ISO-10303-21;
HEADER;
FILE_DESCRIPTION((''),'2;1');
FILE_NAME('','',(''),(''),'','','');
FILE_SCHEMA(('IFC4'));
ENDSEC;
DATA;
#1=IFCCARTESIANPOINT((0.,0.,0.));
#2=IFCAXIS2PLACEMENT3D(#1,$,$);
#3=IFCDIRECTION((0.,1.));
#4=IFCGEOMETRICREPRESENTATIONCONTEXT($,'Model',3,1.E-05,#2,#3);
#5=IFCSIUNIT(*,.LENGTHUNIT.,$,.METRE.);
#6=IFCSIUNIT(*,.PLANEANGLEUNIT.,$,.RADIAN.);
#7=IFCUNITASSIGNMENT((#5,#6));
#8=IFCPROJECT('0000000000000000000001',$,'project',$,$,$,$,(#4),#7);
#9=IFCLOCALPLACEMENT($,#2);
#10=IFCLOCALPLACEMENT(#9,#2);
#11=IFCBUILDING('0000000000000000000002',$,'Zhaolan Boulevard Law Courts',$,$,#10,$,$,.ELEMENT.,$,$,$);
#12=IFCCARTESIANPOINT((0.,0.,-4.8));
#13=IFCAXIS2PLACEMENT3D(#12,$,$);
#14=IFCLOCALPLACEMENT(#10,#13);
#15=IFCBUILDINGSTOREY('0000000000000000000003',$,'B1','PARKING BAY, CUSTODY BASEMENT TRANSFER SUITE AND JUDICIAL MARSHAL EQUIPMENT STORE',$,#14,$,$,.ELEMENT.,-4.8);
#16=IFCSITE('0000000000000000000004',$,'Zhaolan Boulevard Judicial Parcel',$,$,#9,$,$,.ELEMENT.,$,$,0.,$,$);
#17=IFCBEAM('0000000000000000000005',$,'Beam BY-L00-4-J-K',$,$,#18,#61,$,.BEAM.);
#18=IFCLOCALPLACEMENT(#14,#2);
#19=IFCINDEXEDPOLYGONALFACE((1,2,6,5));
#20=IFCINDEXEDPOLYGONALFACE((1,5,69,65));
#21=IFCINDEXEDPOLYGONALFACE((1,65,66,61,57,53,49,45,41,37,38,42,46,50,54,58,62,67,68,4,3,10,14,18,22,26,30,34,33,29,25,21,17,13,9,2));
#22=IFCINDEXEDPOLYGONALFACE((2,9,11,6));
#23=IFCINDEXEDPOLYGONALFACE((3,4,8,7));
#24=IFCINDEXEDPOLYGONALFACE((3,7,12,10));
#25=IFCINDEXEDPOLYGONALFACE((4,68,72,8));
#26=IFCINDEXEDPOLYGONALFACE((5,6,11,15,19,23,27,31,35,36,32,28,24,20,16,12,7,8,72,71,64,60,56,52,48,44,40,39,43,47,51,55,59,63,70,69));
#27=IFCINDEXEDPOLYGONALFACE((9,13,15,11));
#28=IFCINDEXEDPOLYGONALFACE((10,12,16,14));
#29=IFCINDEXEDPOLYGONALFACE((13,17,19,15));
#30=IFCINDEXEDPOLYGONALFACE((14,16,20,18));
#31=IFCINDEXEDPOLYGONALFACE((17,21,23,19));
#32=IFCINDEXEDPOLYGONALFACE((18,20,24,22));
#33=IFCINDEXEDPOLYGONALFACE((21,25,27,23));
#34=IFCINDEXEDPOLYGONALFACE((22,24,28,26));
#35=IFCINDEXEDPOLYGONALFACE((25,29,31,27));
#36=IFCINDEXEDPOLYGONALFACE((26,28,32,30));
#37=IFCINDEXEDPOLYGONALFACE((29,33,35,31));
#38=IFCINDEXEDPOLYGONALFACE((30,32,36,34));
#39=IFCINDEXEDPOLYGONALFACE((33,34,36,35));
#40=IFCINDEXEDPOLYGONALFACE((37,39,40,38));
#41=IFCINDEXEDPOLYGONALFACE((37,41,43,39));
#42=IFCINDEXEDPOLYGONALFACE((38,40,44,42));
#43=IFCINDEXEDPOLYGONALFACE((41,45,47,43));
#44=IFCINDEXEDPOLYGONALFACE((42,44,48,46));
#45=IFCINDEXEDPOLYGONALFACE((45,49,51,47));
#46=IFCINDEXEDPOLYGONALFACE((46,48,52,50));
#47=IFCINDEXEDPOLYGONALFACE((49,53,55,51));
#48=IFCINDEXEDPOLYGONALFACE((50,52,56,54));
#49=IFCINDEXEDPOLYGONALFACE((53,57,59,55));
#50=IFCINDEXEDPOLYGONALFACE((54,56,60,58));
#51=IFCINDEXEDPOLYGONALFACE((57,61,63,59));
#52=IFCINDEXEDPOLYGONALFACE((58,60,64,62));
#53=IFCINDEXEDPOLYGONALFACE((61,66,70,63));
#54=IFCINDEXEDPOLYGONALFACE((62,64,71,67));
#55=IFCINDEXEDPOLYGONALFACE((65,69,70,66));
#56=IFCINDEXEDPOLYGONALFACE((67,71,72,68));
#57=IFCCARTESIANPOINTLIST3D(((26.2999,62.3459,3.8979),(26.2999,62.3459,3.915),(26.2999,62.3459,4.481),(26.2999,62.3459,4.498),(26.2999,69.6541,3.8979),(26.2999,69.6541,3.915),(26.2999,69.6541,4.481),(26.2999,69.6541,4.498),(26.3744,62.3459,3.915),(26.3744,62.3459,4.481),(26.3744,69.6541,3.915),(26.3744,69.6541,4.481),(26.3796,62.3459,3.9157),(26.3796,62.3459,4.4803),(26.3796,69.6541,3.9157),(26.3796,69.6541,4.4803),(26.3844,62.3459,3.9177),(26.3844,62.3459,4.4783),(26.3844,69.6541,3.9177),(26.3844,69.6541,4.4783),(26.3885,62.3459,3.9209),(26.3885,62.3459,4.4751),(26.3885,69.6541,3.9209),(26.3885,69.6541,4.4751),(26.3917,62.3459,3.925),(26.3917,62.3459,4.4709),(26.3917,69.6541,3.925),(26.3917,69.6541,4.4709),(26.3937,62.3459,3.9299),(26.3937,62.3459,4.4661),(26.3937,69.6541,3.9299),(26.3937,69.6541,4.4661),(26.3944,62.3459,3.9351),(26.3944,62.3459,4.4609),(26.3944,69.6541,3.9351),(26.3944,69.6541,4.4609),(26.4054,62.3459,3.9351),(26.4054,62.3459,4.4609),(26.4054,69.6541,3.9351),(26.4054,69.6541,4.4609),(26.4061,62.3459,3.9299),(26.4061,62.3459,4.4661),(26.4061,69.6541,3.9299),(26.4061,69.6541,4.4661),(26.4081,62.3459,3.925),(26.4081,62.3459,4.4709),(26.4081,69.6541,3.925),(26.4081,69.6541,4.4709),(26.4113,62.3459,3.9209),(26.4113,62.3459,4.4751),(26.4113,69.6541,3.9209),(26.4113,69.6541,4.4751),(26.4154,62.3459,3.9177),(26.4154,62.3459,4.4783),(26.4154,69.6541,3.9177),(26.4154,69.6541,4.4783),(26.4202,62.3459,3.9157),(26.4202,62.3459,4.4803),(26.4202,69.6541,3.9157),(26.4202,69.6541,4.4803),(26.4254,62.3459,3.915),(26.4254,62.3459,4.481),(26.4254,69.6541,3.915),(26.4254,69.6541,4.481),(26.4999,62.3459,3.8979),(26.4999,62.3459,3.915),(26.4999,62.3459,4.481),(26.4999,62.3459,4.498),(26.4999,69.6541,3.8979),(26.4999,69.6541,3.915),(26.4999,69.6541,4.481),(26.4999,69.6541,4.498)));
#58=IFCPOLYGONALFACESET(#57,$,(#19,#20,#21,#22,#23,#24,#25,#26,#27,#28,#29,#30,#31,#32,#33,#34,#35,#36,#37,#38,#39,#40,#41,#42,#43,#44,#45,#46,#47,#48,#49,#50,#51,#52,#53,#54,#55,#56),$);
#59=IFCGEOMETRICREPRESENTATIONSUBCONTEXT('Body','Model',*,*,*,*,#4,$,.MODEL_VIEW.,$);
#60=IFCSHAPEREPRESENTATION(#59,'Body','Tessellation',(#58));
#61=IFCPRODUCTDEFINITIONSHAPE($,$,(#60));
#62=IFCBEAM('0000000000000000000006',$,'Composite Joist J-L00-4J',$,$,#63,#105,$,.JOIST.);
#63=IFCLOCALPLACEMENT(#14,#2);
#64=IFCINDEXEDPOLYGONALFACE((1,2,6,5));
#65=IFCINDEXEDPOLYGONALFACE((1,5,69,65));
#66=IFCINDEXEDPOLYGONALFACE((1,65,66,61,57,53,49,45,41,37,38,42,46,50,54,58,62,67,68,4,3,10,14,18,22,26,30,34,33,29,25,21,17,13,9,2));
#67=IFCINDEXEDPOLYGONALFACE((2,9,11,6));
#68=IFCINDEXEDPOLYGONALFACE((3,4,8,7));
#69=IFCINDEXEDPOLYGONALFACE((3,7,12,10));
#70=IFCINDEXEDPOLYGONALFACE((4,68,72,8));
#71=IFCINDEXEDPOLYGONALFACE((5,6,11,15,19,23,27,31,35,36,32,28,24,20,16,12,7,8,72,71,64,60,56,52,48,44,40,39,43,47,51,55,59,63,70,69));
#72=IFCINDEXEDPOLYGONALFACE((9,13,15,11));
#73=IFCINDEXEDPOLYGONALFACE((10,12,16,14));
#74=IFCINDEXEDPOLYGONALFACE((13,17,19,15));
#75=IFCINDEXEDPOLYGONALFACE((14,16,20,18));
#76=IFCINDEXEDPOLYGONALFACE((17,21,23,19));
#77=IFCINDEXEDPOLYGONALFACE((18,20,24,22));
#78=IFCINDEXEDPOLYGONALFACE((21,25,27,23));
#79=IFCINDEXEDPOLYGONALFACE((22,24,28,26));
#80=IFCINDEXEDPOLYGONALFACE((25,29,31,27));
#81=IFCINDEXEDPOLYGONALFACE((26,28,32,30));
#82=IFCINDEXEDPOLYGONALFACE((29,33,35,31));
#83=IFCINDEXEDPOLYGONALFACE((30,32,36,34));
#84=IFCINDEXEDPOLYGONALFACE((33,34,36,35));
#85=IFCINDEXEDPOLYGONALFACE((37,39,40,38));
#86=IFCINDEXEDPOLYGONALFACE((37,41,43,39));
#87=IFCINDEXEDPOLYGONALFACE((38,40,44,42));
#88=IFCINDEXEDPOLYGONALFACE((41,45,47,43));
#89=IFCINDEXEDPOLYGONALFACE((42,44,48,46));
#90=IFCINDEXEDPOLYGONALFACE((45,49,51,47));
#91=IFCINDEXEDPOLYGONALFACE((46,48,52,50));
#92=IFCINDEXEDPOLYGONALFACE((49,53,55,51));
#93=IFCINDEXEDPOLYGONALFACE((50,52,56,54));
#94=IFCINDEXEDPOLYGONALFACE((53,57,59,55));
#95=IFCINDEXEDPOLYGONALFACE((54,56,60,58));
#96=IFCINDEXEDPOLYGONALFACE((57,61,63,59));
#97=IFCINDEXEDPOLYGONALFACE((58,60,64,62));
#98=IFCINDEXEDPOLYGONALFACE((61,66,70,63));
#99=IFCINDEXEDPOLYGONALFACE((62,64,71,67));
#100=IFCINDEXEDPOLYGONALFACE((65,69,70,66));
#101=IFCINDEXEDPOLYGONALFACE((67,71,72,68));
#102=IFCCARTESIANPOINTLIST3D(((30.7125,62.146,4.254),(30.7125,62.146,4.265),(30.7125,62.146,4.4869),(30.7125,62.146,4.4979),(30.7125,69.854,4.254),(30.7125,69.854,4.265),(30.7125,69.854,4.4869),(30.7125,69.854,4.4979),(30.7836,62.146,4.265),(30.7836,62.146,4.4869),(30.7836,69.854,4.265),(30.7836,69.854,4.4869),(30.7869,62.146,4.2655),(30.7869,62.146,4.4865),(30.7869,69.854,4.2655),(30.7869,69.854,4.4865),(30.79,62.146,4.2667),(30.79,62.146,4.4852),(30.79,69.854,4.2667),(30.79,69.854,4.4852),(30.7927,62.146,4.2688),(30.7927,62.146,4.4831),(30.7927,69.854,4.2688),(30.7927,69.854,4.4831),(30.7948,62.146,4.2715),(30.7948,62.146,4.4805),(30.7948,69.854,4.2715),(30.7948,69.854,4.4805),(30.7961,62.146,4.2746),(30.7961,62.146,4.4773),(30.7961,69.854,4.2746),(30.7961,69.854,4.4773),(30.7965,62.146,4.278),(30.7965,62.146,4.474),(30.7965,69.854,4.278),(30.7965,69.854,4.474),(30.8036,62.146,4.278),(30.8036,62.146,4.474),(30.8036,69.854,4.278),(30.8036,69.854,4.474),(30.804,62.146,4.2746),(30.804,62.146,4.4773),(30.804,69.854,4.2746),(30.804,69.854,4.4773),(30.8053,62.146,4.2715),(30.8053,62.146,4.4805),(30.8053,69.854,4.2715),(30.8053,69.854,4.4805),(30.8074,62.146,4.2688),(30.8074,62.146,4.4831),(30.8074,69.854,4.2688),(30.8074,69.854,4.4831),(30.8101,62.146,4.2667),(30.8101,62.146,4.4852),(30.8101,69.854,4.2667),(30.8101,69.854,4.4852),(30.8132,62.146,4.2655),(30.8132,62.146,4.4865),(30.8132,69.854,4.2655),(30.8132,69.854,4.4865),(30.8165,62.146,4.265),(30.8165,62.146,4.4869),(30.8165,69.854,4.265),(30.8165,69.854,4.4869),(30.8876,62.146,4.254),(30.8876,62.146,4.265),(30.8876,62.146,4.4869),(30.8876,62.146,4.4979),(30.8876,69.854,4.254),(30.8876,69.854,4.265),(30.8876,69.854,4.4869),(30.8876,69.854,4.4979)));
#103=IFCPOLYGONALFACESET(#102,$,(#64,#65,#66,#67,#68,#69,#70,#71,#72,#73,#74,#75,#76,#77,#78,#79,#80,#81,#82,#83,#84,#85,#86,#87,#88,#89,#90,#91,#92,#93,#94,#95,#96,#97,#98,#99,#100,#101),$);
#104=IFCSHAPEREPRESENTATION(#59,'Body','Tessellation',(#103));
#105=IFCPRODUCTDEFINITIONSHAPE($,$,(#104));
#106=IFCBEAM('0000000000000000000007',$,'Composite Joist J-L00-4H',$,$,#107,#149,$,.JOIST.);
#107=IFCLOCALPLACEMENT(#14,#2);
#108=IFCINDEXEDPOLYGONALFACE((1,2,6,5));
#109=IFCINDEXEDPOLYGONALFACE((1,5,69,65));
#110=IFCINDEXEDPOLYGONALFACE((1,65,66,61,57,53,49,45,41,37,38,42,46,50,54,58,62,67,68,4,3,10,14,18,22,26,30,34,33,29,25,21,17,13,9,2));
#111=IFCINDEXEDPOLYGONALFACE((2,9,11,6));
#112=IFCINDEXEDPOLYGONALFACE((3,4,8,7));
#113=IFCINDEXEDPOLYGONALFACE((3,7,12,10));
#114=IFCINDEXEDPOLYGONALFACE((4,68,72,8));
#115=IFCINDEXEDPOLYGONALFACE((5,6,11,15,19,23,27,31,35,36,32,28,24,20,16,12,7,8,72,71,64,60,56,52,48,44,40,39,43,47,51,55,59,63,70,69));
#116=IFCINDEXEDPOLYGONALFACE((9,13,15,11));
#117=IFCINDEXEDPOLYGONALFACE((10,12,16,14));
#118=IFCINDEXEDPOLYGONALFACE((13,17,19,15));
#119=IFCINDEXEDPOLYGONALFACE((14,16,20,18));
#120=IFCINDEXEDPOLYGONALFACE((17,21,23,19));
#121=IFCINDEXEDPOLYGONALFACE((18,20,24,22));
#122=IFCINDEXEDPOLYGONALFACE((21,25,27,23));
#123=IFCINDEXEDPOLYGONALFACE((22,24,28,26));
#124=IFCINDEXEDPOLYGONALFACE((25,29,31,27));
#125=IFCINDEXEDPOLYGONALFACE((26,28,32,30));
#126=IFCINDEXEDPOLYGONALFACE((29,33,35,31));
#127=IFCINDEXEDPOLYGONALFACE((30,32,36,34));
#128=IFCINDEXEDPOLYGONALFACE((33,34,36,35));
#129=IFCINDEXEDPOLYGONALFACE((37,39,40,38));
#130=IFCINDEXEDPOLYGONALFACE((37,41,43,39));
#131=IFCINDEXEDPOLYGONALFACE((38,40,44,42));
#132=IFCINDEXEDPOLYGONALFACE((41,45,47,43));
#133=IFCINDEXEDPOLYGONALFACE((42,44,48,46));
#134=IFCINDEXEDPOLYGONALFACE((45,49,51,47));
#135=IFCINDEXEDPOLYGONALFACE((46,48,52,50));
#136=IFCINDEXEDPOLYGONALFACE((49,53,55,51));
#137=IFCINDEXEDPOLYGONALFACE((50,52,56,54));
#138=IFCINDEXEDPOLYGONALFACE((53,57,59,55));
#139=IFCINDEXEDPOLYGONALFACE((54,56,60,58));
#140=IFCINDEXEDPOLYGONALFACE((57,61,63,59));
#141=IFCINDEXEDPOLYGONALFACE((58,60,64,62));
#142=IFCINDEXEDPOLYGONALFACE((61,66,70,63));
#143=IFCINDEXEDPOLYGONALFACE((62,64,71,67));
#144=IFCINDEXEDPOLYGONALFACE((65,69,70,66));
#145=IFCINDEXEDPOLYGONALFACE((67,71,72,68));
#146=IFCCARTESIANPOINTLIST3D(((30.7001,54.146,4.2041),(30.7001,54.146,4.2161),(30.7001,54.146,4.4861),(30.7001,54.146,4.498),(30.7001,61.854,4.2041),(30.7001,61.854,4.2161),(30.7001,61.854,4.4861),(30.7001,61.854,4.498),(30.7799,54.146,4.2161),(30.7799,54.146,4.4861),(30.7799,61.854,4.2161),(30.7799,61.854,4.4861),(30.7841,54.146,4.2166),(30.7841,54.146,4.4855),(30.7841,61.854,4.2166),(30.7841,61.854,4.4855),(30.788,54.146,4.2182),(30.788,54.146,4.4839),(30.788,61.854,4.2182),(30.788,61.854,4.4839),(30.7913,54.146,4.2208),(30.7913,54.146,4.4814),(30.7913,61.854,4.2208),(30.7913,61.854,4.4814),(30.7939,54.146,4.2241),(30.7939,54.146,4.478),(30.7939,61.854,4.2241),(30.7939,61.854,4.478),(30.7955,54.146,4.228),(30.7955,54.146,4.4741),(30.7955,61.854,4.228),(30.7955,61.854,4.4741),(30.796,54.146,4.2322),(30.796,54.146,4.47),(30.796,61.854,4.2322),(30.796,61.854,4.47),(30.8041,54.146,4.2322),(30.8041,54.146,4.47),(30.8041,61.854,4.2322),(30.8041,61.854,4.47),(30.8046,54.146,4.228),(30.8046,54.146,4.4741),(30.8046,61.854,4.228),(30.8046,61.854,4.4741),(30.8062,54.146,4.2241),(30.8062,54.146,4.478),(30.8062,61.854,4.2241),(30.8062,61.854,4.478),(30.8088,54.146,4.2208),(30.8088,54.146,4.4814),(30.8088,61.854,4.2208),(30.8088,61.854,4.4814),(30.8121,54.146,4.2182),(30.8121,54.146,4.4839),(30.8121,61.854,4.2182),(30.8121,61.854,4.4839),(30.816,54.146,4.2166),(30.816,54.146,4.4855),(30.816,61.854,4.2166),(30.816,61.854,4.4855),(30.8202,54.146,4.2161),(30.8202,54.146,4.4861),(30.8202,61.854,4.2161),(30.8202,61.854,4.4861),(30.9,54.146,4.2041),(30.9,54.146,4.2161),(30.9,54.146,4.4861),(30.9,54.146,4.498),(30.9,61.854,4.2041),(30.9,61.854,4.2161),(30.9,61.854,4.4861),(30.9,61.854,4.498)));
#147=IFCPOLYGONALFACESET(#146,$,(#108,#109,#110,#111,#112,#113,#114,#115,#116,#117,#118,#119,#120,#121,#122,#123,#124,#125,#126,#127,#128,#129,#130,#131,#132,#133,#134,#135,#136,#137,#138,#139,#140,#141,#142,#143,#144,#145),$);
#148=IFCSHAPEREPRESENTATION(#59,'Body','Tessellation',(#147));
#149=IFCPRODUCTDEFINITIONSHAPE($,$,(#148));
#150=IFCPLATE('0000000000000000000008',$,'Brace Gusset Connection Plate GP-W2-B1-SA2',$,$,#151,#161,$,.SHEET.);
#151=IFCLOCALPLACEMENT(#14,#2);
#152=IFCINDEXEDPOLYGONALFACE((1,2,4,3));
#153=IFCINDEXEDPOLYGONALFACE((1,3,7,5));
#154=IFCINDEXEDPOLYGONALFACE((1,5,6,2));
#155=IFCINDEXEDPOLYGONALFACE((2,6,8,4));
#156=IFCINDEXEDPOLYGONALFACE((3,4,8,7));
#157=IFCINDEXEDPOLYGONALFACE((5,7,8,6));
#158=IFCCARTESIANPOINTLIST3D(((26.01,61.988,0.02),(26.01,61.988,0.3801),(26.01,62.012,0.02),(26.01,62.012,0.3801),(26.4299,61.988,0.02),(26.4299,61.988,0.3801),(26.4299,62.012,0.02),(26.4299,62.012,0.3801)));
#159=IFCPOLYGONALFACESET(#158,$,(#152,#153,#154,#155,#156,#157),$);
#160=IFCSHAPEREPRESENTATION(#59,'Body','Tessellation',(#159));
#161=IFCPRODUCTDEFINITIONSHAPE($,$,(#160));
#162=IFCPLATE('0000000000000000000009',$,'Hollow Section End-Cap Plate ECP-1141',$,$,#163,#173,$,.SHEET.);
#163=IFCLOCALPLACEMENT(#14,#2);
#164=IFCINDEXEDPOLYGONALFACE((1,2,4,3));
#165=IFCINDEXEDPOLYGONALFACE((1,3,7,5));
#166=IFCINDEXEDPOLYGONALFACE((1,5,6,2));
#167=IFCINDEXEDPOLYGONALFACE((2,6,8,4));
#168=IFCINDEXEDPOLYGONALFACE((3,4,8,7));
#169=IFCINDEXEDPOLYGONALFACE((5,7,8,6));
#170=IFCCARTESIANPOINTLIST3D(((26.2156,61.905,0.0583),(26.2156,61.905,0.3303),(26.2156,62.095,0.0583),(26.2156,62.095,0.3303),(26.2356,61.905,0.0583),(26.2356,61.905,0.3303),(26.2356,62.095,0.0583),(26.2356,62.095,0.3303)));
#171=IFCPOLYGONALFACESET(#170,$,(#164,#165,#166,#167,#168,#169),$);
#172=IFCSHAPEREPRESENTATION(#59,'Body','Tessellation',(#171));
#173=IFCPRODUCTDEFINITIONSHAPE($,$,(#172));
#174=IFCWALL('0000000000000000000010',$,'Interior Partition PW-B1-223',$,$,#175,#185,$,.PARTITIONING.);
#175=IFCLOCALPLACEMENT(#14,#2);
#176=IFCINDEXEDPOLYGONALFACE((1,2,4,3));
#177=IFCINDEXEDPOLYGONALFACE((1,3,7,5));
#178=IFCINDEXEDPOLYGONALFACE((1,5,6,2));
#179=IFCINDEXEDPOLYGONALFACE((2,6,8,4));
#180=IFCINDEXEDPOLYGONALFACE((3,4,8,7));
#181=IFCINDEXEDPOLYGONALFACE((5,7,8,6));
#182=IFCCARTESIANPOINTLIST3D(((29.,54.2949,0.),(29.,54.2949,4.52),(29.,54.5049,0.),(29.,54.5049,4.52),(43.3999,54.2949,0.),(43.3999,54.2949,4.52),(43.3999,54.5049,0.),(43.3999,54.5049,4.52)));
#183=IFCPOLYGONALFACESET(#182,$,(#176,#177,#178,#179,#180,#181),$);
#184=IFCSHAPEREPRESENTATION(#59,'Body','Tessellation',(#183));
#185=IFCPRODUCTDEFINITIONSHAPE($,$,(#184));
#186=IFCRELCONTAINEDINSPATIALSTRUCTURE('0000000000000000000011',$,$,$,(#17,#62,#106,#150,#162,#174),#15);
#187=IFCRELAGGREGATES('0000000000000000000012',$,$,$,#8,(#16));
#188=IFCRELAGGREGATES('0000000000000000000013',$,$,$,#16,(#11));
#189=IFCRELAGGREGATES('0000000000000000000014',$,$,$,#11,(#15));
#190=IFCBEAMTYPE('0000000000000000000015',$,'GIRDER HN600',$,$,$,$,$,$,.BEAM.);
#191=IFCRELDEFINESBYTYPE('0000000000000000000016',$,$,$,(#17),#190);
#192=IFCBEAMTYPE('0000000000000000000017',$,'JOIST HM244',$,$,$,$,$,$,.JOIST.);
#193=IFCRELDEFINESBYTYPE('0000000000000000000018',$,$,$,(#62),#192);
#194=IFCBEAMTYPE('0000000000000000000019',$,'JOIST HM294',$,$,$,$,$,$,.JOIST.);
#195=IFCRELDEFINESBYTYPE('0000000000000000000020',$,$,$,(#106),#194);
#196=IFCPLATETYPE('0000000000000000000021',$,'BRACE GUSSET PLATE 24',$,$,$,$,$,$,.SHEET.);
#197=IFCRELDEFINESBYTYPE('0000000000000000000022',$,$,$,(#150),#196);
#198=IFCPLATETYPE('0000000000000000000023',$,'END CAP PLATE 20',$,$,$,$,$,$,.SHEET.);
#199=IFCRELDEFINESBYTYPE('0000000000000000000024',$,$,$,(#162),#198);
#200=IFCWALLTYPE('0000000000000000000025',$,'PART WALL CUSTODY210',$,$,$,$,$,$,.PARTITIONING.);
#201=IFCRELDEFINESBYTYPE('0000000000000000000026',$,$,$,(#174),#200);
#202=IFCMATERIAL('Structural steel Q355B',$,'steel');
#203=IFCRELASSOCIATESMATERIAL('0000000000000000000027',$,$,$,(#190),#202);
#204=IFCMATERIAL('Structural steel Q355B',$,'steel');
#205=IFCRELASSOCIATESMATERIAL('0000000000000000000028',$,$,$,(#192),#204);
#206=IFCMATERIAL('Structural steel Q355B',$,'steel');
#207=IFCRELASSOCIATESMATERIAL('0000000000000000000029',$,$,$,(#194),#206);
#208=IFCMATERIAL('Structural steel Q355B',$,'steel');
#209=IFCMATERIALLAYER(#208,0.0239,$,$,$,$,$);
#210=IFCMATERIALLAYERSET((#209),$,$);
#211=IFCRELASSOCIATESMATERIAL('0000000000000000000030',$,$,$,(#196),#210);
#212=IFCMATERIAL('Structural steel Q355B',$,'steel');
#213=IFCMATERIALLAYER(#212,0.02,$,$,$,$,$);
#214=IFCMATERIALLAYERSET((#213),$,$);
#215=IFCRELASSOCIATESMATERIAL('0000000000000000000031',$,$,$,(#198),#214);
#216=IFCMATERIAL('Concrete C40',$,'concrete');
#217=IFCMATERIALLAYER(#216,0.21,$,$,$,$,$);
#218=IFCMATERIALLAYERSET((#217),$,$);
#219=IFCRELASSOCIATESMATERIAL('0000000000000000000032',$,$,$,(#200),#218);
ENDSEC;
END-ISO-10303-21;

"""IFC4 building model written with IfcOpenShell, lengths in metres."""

from ifc_helpers import new_model, si_unit, direction, frame, frame_2d, origin, origin_2d, place, context, subcontext, project, spatial, rectangle, i_section, extrude, material, layer, layer_set, material_profile, profile_set, type_object, element, save


model = new_model("IFC4")

# Units and contexts
model_context = context("Model", 3, precision=1e-05, world=origin(), true_north=direction((0.0, 1.0)))
body_context = subcontext(model_context, "Body", "Model", "MODEL_VIEW")
ifc_project = project(units=[si_unit("LENGTHUNIT", "METRE"), si_unit("PLANEANGLEUNIT", "RADIAN")], contexts=[model_context])

# Site, building, storey
site_placement = place(None, origin())
site = spatial("IfcSite", under=ifc_project, at=site_placement, Name="Zhaolan Boulevard Judicial Parcel", CompositionType="ELEMENT", RefElevation=0.0)
building_placement = place(site_placement, origin())
building = spatial("IfcBuilding", under=site, at=building_placement, Name="Zhaolan Boulevard Law Courts", CompositionType="ELEMENT")
storey_placement = place(building_placement, frame((0.0, 0.0, -4.8)))
storey = spatial("IfcBuildingStorey", under=building, at=storey_placement, Name="B1", Description="PARKING BAY, CUSTODY BASEMENT TRANSFER SUITE AND JUDICIAL MARSHAL EQUIPMENT STORE", CompositionType="ELEMENT", Elevation=-4.8)

# Beams
ifc_material_1 = material(Name="Structural steel Q355B", Category="steel")
ifc_material_profile_1 = material_profile(ifc_material_1, i_section(OverallWidth=0.2, OverallDepth=0.6001, WebThickness=0.011, FlangeThickness=0.0171, FilletRadius=0.02, at=origin_2d()), Name="HN600x200")
ifc_profile_set_1 = profile_set([ifc_material_profile_1], Name="Structural steel Q355B")
beam_type_1 = type_object("IfcBeamType", Name="GIRDER HN600", PredefinedType="BEAM", material=ifc_profile_set_1)
for number, where, z_axis, x_axis, name in (
    (1, (26.3999, 62.3459, 4.198), (0.0, 1.0, 0.0), (-1.0, 0.0, 0.0), "Beam BY-L00-4-J-K"),
):
    element("IfcBeam", number, at=place(storey_placement, frame(where, z_axis=z_axis, x_axis=x_axis)), inside=storey, type_object=beam_type_1, Name=name, PredefinedType="BEAM", context=body_context, shape_type="SweptSolid", body=[
        extrude(i_section(OverallWidth=0.2, OverallDepth=0.6001, WebThickness=0.011, FlangeThickness=0.0171, FilletRadius=0.02, at=origin_2d()), origin(), (0.0, 0.0, 1.0), 7.3081),
    ])
ifc_material_2 = material(Name="Structural steel Q355B", Category="steel")
ifc_material_profile_2 = material_profile(ifc_material_2, i_section(OverallWidth=0.175, OverallDepth=0.2439, WebThickness=0.0071, FlangeThickness=0.011, FilletRadius=0.0129, at=origin_2d()), Name="HM244x175")
ifc_profile_set_2 = profile_set([ifc_material_profile_2], Name="Structural steel Q355B")
beam_type_2 = type_object("IfcBeamType", Name="JOIST HM244", PredefinedType="JOIST", material=ifc_profile_set_2)
beam_1_placement = place(storey_placement, frame((30.8, 62.146, 4.376), z_axis=(0.0, 1.0, 0.0), x_axis=(-1.0, 0.0, 0.0)))
element("IfcBeam", 2, at=beam_1_placement, inside=storey, type_object=beam_type_2, Name="Composite Joist J-L00-4J", PredefinedType="JOIST", context=body_context, shape_type="SweptSolid", body=[
    extrude(i_section(OverallWidth=0.175, OverallDepth=0.2439, WebThickness=0.0071, FlangeThickness=0.011, FilletRadius=0.0129, at=origin_2d()), origin(), (0.0, 0.0, 1.0), 7.708),
])
ifc_material_3 = material(Name="Structural steel Q355B", Category="steel")
ifc_material_profile_3 = material_profile(ifc_material_3, i_section(OverallWidth=0.2, OverallDepth=0.2939, WebThickness=0.0081, FlangeThickness=0.012, FilletRadius=0.0161, at=origin_2d()), Name="HM294x200")
ifc_profile_set_3 = profile_set([ifc_material_profile_3], Name="Structural steel Q355B")
beam_type_3 = type_object("IfcBeamType", Name="JOIST HM294", PredefinedType="JOIST", material=ifc_profile_set_3)
beam_2_placement = place(storey_placement, frame((30.8, 54.146, 4.3511), z_axis=(0.0, 1.0, 0.0), x_axis=(-1.0, 0.0, 0.0)))
element("IfcBeam", 3, at=beam_2_placement, inside=storey, type_object=beam_type_3, Name="Composite Joist J-L00-4H", PredefinedType="JOIST", context=body_context, shape_type="SweptSolid", body=[
    extrude(i_section(OverallWidth=0.2, OverallDepth=0.2939, WebThickness=0.0081, FlangeThickness=0.012, FilletRadius=0.0161, at=origin_2d()), origin(), (0.0, 0.0, 1.0), 7.708),
])

# Plates
ifc_material_4 = material(Name="Structural steel Q355B", Category="steel")
ifc_layer_1 = layer(ifc_material_4, 0.0239)
ifc_layer_set_1 = layer_set([ifc_layer_1])
plate_type_1 = type_object("IfcPlateType", Name="BRACE GUSSET PLATE 24", PredefinedType="SHEET", material=ifc_layer_set_1)
plate_1_placement = place(storey_placement, frame((26.22, 62.0, 0.02), z_axis=(0.0, 0.0, 1.0), x_axis=(1.0, 0.0, 0.0)))
element("IfcPlate", 4, at=plate_1_placement, inside=storey, type_object=plate_type_1, Name="Brace Gusset Connection Plate GP-W2-B1-SA2", PredefinedType="SHEET", context=body_context, shape_type="SweptSolid", body=[
    extrude(rectangle(XDim=0.4199, YDim=0.0239, at=origin_2d()), origin(), (0.0, 0.0, 1.0), 0.3601),
])
ifc_material_5 = material(Name="Structural steel Q355B", Category="steel")
ifc_layer_2 = layer(ifc_material_5, 0.02)
ifc_layer_set_2 = layer_set([ifc_layer_2])
plate_type_2 = type_object("IfcPlateType", Name="END CAP PLATE 20", PredefinedType="SHEET", material=ifc_layer_set_2)
plate_2_placement = place(storey_placement, frame((26.2256, 62.0, 0.0583), z_axis=(0.0, 0.0, 1.0), x_axis=(-1.0, 0.0, 0.0)))
element("IfcPlate", 5, at=plate_2_placement, inside=storey, type_object=plate_type_2, Name="Hollow Section End-Cap Plate ECP-1141", PredefinedType="SHEET", context=body_context, shape_type="SweptSolid", body=[
    extrude(rectangle(XDim=0.02, YDim=0.1899, at=origin_2d()), origin(), (0.0, 0.0, 1.0), 0.272),
])

# Wall
ifc_material_6 = material(Name="Concrete C40", Category="concrete")
ifc_layer_3 = layer(ifc_material_6, 0.21)
ifc_layer_set_3 = layer_set([ifc_layer_3])
wall_type_1 = type_object("IfcWallType", Name="PART WALL CUSTODY210", PredefinedType="PARTITIONING", material=ifc_layer_set_3)
wall_1_placement = place(storey_placement, frame((29.0, 54.3999, 0.0), z_axis=(0.0, 0.0, 1.0), x_axis=(1.0, 0.0, 0.0)))
element("IfcWall", 6, at=wall_1_placement, inside=storey, type_object=wall_type_1, Name="Interior Partition PW-B1-223", PredefinedType="PARTITIONING", context=body_context, shape_type="SweptSolid", body=[
    extrude(rectangle(XDim=14.3999, YDim=0.21, at=frame_2d((7.2, 0.0))), origin(), (0.0, 0.0, 1.0), 4.52),
])

save(model, "model.ifc")
